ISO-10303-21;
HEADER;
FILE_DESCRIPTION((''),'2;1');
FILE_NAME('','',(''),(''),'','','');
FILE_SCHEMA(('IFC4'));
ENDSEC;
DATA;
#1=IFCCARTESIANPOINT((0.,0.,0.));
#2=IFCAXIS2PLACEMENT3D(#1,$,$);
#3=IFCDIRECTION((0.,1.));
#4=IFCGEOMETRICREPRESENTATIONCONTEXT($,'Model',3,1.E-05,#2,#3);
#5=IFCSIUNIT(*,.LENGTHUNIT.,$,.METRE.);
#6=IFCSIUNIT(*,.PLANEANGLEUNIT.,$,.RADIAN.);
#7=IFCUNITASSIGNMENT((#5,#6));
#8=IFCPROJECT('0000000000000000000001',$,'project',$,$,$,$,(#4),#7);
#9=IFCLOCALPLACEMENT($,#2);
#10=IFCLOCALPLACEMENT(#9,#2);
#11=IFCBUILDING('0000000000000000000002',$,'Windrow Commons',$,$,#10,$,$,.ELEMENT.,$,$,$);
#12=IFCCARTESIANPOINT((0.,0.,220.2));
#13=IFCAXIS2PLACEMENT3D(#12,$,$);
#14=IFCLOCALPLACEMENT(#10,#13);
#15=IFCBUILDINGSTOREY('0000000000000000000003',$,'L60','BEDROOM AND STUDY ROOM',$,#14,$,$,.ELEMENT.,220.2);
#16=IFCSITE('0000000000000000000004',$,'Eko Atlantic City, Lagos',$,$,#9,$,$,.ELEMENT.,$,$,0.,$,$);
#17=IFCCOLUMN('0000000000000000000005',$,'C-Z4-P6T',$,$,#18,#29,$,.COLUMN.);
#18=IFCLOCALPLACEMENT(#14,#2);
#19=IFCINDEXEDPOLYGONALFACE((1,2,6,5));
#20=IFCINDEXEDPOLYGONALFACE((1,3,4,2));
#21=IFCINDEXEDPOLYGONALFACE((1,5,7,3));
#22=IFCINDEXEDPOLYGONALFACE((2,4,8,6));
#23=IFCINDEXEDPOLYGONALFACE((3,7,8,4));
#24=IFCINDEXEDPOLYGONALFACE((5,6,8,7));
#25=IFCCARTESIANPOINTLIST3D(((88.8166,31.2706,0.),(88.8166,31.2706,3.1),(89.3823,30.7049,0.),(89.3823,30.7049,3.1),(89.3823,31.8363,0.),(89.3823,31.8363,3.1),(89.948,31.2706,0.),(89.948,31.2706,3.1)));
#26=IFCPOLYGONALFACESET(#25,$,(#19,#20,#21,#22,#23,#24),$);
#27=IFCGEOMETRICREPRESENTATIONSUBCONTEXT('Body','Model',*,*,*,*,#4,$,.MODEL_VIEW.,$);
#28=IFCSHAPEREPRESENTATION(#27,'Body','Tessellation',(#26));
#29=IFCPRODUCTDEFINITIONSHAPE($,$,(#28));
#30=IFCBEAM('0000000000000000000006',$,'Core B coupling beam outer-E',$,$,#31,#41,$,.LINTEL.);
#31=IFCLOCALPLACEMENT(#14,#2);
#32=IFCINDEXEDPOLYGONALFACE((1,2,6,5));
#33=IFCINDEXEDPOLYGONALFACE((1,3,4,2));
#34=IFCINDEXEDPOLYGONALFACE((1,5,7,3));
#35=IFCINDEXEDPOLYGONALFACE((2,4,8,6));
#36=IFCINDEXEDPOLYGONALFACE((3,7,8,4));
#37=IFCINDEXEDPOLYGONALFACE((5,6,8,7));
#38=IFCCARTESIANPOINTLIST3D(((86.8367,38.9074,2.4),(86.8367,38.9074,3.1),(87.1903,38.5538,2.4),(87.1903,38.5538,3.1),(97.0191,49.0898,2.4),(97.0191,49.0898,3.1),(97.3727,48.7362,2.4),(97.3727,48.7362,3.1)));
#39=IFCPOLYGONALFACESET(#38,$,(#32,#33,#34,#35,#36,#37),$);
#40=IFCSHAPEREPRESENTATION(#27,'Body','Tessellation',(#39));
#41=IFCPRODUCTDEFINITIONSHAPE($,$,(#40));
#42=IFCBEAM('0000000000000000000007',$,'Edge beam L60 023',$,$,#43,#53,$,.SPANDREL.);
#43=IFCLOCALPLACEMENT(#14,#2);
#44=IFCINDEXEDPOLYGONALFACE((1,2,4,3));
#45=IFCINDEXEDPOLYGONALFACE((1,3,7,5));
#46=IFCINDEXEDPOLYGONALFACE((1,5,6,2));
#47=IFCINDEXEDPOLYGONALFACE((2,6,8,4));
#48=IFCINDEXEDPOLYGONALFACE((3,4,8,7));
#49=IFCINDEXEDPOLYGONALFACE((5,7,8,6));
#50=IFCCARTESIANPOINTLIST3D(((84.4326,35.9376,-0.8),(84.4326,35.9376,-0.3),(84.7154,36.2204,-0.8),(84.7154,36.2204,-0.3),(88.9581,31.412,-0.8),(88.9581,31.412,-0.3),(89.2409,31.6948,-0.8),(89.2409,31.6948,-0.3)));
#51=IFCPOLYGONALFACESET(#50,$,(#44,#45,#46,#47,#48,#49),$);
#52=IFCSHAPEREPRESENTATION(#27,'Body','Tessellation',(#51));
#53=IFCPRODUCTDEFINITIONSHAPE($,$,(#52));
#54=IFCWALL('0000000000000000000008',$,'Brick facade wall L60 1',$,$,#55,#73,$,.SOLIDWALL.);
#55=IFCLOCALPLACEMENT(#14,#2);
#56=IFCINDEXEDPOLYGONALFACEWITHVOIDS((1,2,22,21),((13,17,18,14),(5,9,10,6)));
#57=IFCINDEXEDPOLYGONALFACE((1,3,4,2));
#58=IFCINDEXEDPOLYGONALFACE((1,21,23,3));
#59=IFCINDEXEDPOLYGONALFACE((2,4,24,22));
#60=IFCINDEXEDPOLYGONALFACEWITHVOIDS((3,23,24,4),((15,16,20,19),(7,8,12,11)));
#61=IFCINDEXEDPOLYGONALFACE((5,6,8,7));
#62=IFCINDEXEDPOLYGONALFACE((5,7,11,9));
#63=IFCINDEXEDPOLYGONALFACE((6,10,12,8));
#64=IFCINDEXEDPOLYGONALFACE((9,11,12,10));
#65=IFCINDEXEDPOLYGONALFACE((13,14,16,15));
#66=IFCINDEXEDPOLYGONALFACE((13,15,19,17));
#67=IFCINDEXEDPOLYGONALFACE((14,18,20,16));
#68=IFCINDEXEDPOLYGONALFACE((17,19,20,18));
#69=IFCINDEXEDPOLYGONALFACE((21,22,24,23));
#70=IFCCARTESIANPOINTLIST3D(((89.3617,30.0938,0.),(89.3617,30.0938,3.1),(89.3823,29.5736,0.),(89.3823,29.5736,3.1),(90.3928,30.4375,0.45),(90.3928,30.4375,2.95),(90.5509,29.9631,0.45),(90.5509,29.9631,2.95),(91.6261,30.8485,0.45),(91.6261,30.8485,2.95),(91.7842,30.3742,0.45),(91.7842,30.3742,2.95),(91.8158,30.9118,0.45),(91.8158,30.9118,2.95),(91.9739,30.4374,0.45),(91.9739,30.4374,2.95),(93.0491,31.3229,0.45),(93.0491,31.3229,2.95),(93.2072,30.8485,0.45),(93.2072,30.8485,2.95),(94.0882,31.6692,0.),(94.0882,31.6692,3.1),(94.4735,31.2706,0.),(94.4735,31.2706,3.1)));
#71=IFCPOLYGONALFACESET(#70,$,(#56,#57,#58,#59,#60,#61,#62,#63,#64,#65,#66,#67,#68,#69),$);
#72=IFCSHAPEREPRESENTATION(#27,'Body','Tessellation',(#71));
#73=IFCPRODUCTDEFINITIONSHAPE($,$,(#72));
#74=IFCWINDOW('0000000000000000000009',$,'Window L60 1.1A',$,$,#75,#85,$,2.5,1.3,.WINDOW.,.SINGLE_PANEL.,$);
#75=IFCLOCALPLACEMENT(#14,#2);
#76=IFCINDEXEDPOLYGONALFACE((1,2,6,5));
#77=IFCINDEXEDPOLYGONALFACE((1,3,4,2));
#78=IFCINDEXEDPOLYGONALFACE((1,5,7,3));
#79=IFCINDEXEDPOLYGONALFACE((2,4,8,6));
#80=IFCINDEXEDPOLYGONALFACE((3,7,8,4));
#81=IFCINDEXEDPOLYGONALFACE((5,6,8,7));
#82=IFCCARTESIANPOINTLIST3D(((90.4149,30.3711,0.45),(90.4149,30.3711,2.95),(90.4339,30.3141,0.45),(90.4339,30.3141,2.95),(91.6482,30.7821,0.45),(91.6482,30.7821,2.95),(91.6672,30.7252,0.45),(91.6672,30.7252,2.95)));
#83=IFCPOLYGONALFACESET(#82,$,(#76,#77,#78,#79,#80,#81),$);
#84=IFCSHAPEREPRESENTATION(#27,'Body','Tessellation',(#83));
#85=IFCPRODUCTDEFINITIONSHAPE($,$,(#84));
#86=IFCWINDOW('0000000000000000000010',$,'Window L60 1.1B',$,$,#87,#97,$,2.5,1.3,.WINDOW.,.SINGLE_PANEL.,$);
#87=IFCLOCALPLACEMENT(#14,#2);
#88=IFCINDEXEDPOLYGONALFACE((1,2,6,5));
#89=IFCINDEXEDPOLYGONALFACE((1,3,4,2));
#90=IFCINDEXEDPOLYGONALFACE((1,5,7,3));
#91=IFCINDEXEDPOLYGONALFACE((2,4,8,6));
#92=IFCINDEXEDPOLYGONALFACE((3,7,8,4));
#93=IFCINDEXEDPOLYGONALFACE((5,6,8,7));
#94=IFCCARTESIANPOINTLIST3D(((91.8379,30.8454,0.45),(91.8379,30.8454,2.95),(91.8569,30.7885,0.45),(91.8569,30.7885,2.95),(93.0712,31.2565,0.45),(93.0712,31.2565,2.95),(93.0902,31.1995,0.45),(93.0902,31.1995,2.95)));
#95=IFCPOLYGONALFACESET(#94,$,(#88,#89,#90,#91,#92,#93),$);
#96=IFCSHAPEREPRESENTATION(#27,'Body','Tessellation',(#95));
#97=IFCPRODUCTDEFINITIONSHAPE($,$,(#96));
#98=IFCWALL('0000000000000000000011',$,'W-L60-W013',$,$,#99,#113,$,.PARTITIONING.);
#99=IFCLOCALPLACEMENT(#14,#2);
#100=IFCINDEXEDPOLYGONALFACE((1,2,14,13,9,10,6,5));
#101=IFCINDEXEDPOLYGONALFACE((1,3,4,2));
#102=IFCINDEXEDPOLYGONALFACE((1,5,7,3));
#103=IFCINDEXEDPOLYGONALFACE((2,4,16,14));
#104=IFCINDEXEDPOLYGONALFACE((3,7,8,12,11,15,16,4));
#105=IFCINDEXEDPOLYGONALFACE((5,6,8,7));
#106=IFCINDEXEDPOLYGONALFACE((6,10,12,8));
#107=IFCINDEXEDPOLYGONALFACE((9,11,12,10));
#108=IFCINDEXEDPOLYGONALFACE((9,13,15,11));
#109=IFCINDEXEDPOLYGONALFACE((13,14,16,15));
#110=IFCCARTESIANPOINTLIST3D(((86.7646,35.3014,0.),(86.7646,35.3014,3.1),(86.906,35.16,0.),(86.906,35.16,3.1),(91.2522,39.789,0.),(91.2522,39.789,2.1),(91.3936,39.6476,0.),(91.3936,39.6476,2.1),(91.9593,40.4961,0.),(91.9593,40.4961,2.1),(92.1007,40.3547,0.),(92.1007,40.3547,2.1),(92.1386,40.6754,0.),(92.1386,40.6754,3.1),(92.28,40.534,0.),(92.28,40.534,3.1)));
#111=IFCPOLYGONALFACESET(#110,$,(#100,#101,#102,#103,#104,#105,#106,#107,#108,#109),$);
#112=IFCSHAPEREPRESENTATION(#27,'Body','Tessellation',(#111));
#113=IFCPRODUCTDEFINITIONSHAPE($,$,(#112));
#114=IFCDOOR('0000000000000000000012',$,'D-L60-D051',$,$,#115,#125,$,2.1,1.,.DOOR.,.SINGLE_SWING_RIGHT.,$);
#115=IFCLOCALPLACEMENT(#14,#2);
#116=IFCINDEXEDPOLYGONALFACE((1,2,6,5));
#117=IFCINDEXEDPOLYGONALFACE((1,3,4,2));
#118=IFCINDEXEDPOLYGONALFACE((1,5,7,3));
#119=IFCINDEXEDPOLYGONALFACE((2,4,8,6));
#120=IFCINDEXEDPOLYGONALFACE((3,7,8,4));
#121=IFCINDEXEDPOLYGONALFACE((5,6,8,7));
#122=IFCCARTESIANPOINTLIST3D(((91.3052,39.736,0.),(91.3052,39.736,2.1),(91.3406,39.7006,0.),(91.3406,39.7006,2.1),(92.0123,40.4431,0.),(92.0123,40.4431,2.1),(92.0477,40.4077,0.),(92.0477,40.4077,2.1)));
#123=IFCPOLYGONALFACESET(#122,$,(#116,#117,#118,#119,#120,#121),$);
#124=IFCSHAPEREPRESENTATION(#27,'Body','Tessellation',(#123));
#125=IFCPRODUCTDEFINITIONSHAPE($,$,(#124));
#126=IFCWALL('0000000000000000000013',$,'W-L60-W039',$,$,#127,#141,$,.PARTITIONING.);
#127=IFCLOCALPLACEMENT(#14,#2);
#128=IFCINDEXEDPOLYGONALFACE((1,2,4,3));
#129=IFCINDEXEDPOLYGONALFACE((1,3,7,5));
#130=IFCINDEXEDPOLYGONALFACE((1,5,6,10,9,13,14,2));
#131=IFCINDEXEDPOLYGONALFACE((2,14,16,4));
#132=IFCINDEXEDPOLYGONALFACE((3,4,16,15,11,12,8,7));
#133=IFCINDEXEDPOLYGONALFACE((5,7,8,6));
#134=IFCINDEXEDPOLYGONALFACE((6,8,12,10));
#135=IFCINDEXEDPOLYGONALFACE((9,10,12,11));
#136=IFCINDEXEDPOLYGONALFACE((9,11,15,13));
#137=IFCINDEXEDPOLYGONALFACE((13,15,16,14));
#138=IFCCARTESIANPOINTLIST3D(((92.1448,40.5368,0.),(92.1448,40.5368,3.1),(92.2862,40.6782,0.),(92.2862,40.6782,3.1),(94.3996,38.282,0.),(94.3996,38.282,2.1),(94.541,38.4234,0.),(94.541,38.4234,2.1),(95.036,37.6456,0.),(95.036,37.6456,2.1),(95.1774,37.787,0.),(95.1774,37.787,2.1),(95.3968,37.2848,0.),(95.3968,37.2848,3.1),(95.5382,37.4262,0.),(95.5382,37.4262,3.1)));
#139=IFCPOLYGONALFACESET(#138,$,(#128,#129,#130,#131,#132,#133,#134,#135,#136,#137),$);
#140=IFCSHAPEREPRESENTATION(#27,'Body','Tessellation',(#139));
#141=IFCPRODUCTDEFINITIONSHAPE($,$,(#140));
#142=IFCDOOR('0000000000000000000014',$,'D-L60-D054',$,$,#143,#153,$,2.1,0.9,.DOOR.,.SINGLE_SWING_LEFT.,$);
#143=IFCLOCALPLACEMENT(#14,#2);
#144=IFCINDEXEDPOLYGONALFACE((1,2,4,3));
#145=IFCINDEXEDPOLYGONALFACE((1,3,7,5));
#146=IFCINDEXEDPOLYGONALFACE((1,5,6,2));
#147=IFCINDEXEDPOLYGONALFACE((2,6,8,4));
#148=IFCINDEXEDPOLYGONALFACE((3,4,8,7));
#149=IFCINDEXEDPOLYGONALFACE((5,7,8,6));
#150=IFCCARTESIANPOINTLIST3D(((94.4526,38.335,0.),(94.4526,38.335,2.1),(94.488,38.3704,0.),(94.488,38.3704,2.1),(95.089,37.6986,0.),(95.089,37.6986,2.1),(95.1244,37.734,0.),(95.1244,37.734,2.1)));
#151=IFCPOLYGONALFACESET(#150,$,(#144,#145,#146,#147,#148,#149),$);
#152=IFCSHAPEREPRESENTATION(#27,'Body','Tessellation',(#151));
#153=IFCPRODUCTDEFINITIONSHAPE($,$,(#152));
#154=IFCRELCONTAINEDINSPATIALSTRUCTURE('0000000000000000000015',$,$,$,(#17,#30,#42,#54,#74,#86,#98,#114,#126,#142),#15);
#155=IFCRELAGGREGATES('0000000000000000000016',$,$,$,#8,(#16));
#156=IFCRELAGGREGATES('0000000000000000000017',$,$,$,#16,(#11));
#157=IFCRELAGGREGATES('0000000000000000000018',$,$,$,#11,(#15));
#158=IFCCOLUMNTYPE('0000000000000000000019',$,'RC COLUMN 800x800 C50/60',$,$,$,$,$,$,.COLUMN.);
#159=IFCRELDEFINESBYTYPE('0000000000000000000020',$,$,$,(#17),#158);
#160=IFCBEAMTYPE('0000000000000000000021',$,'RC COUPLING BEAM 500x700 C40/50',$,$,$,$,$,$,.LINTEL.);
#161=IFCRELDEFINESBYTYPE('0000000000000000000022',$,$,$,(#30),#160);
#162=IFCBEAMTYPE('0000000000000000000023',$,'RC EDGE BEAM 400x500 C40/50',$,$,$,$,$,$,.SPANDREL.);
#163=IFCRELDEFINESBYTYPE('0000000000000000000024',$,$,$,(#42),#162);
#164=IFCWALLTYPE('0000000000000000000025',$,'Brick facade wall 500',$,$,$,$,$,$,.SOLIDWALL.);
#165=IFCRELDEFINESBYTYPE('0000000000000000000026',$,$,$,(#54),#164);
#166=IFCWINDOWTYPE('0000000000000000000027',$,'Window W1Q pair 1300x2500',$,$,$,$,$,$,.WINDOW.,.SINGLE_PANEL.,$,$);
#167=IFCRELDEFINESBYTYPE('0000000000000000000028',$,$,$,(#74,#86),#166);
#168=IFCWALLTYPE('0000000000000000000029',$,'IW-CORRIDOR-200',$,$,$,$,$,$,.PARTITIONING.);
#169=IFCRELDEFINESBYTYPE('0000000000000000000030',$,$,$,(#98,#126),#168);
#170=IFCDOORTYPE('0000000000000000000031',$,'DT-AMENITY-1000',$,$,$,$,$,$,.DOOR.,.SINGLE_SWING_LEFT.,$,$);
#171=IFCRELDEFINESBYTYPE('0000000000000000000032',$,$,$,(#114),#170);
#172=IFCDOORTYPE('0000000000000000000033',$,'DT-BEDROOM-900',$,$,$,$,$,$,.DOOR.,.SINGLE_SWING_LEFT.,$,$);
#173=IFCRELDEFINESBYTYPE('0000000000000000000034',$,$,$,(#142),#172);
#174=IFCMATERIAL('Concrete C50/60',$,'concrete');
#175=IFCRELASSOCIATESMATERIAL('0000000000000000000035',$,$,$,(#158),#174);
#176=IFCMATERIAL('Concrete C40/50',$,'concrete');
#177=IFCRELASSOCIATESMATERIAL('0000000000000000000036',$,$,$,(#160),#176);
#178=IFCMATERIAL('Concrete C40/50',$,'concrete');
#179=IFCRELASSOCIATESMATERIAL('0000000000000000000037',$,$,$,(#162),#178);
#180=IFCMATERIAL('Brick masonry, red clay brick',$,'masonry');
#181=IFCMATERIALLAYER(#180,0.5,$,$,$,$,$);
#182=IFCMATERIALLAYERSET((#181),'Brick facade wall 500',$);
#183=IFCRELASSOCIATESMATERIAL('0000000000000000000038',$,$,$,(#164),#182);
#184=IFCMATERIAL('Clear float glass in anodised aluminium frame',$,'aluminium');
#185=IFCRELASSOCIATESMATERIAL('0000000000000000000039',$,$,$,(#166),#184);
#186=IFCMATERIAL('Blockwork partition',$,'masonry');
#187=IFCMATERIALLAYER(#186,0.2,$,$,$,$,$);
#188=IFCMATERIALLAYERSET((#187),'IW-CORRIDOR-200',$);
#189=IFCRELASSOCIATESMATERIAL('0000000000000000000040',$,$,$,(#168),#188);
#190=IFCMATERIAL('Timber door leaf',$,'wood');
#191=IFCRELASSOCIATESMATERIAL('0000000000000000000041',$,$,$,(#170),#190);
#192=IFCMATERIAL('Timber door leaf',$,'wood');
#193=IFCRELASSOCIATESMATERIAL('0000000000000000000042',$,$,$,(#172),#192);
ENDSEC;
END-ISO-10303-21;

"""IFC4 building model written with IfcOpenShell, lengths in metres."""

from ifc_helpers import new_model, si_unit, direction, frame, frame_2d, origin, origin_2d, place, context, subcontext, project, spatial, polyline, rectangle, outline, extrude, material, layer, layer_set, material_profile, profile_set, type_object, element, fill, save


model = new_model("IFC4")

# Units and contexts
model_context = context("Model", 3, precision=1e-05, world=origin(), true_north=direction((0.0, 1.0)))
body_context = subcontext(model_context, "Body", "Model", "MODEL_VIEW")
ifc_project = project(units=[si_unit("LENGTHUNIT", "METRE"), si_unit("PLANEANGLEUNIT", "RADIAN")], contexts=[model_context])

# Site, building, storey
site_placement = place(None, origin())
site = spatial("IfcSite", under=ifc_project, at=site_placement, Name="Eko Atlantic City, Lagos", CompositionType="ELEMENT", RefElevation=0.0)
building_placement = place(site_placement, origin())
building = spatial("IfcBuilding", under=site, at=building_placement, Name="Windrow Commons", CompositionType="ELEMENT")
storey_placement = place(building_placement, frame((0.0, 0.0, 220.2)))
storey = spatial("IfcBuildingStorey", under=building, at=storey_placement, Name="L60", Description="BEDROOM AND STUDY ROOM", CompositionType="ELEMENT", Elevation=220.2)

# Column
ifc_material_1 = material(Name="Concrete C50/60", Category="concrete")
ifc_material_profile_1 = material_profile(ifc_material_1, rectangle(XDim=0.8, YDim=0.8, at=origin_2d()))
ifc_profile_set_1 = profile_set([ifc_material_profile_1], Name="Concrete C50/60")
column_type = type_object("IfcColumnType", Name="RC COLUMN 800x800 C50/60", PredefinedType="COLUMN", material=ifc_profile_set_1)
column_placement = place(storey_placement, frame((89.3823, 31.2706, 0.0), z_axis=(0.0, 0.0, 1.0), x_axis=(0.707107, -0.707107, 0.0)))
element("IfcColumn", 1, at=column_placement, inside=storey, type_object=column_type, Name="C-Z4-P6T", PredefinedType="COLUMN", context=body_context, shape_type="SweptSolid", body=[
    extrude(rectangle(XDim=0.8, YDim=0.8, at=origin_2d()), origin(), (0.0, 0.0, 1.0), 3.1),
])

# Beams
ifc_material_2 = material(Name="Concrete C40/50", Category="concrete")
ifc_material_profile_2 = material_profile(ifc_material_2, rectangle(XDim=0.5, YDim=0.7, at=origin_2d()))
ifc_profile_set_2 = profile_set([ifc_material_profile_2], Name="Concrete C40/50")
beam_type_1 = type_object("IfcBeamType", Name="RC COUPLING BEAM 500x700 C40/50", PredefinedType="LINTEL", material=ifc_profile_set_2)
beam_1_placement = place(storey_placement, frame((87.0135, 38.7306, 2.75), z_axis=(0.707107, 0.707107, 0.0), x_axis=(-0.707107, 0.707107, 0.0)))
element("IfcBeam", 2, at=beam_1_placement, inside=storey, type_object=beam_type_1, Name="Core B coupling beam outer-E", PredefinedType="LINTEL", context=body_context, shape_type="SweptSolid", body=[
    extrude(rectangle(XDim=0.5, YDim=0.7, at=origin_2d()), origin(), (0.0, 0.0, 1.0), 14.4001),
])
ifc_material_3 = material(Name="Concrete C40/50", Category="concrete")
ifc_material_profile_3 = material_profile(ifc_material_3, rectangle(XDim=0.4, YDim=0.5, at=origin_2d()))
ifc_profile_set_3 = profile_set([ifc_material_profile_3], Name="Concrete C40/50")
beam_type_2 = type_object("IfcBeamType", Name="RC EDGE BEAM 400x500 C40/50", PredefinedType="SPANDREL", material=ifc_profile_set_3)
beam_2_placement = place(storey_placement, frame((89.0995, 31.5534, -0.55), z_axis=(-0.707099, 0.707115, 0.0), x_axis=(-0.707115, -0.707099, 0.0)))
element("IfcBeam", 3, at=beam_2_placement, inside=storey, type_object=beam_type_2, Name="Edge beam L60 023", PredefinedType="SPANDREL", context=body_context, shape_type="SweptSolid", body=[
    extrude(rectangle(XDim=0.4, YDim=0.5, at=origin_2d()), origin(), (0.0, 0.0, 1.0), 6.4001),
])

# Wall, openings, windows
ifc_material_4 = material(Name="Brick masonry, red clay brick", Category="masonry")
ifc_layer_1 = layer(ifc_material_4, 0.5)
ifc_layer_set_1 = layer_set([ifc_layer_1], Name="Brick facade wall 500")
wall_type_1 = type_object("IfcWallType", Name="Brick facade wall 500", PredefinedType="SOLIDWALL", material=ifc_layer_set_1)
wall_1_placement = place(storey_placement, frame((89.372, 29.8337, 0.0), z_axis=(0.0, 0.0, 1.0), x_axis=(0.948687, 0.316216, 0.0)))
wall_1 = element("IfcWall", 4, at=wall_1_placement, inside=storey, type_object=wall_type_1, Name="Brick facade wall L60 1", PredefinedType="SOLIDWALL", context=body_context, shape_type="SweptSolid", body=[
    extrude(outline(polyline([(-0.0725, -0.25), (5.2941, -0.25), (5.0546, 0.25), (0.0725, 0.25), (-0.0725, -0.25)])), origin(), (0.0, 0.0, 1.0), 3.1),
])
opening_1_placement = place(wall_1_placement, frame((1.1593, 0.0, 0.45)))
opening_1 = element("IfcOpeningElement", 5, at=opening_1_placement, cuts=wall_1, PredefinedType="OPENING", context=body_context, shape_type="SweptSolid", body=[
    extrude(rectangle(XDim=1.3, YDim=2.5, at=frame_2d((0.65, 1.25))), frame((0.0, 0.26, 0.0), z_axis=(0.0, -1.0, 0.0), x_axis=(1.0, 0.0, 0.0)), (0.0, 0.0, 1.0), 0.52),
])
opening_2_placement = place(wall_1_placement, frame((2.6593, 0.0, 0.45)))
opening_2 = element("IfcOpeningElement", 6, at=opening_2_placement, cuts=wall_1, PredefinedType="OPENING", context=body_context, shape_type="SweptSolid", body=[
    extrude(rectangle(XDim=1.3, YDim=2.5, at=frame_2d((0.65, 1.25))), frame((0.0, 0.26, 0.0), z_axis=(0.0, -1.0, 0.0), x_axis=(1.0, 0.0, 0.0)), (0.0, 0.0, 1.0), 0.52),
])
ifc_material_5 = material(Name="Clear float glass in anodised aluminium frame", Category="aluminium")
window_type = type_object("IfcWindowType", Name="Window W1Q pair 1300x2500", PartitioningType="SINGLE_PANEL", PredefinedType="WINDOW", material=ifc_material_5)
window_1_placement = place(opening_1_placement, origin())
window_1 = element("IfcWindow", 7, at=window_1_placement, inside=storey, type_object=window_type, Name="Window L60 1.1A", OverallHeight=2.5, OverallWidth=1.3, PartitioningType="SINGLE_PANEL", PredefinedType="WINDOW", context=body_context, shape_type="SweptSolid", body=[
    extrude(rectangle(XDim=1.3, YDim=2.5, at=frame_2d((0.65, 1.25))), frame((0.0, 0.18, 0.0), z_axis=(0.0, -1.0, 0.0), x_axis=(1.0, 0.0, 0.0)), (0.0, 0.0, 1.0), 0.06),
])
fill(opening_1, window_1)
window_2_placement = place(opening_2_placement, origin())
window_2 = element("IfcWindow", 8, at=window_2_placement, inside=storey, type_object=window_type, Name="Window L60 1.1B", OverallHeight=2.5, OverallWidth=1.3, PartitioningType="SINGLE_PANEL", PredefinedType="WINDOW", context=body_context, shape_type="SweptSolid", body=[
    extrude(rectangle(XDim=1.3, YDim=2.5, at=frame_2d((0.65, 1.25))), frame((0.0, 0.18, 0.0), z_axis=(0.0, -1.0, 0.0), x_axis=(1.0, 0.0, 0.0)), (0.0, 0.0, 1.0), 0.06),
])
fill(opening_2, window_2)

# Walls, openings, doors
ifc_material_6 = material(Name="Blockwork partition", Category="masonry")
ifc_layer_2 = layer(ifc_material_6, 0.2)
ifc_layer_set_2 = layer_set([ifc_layer_2], Name="IW-CORRIDOR-200")
wall_type_2 = type_object("IfcWallType", Name="IW-CORRIDOR-200", PredefinedType="PARTITIONING", material=ifc_layer_set_2)
wall_2_placement = place(storey_placement, frame((86.8353, 35.2307, 0.0), z_axis=(0.0, 0.0, 1.0), x_axis=(0.707107, 0.707107, 0.0)))
wall_2 = element("IfcWall", 9, at=wall_2_placement, inside=storey, type_object=wall_type_2, Name="W-L60-W013", PredefinedType="PARTITIONING", context=body_context, shape_type="SweptSolid", body=[
    extrude(rectangle(XDim=7.6, YDim=0.2, at=frame_2d((3.8, 0.0))), origin(), (0.0, 0.0, 1.0), 3.1),
])
opening_3_placement = place(wall_2_placement, frame((6.3464, 0.0, 0.0)))
opening_3 = element("IfcOpeningElement", 10, at=opening_3_placement, cuts=wall_2, PredefinedType="OPENING", context=body_context, shape_type="SweptSolid", body=[
    extrude(rectangle(XDim=1.0, YDim=2.1, at=frame_2d((0.5, 1.05))), frame((0.0, 0.11, 0.0), z_axis=(0.0, -1.0, 0.0), x_axis=(1.0, 0.0, 0.0)), (0.0, 0.0, 1.0), 0.22),
])
ifc_material_7 = material(Name="Timber door leaf", Category="wood")
door_type_1 = type_object("IfcDoorType", Name="DT-AMENITY-1000", OperationType="SINGLE_SWING_LEFT", PredefinedType="DOOR", material=ifc_material_7)
door_1_placement = place(opening_3_placement, origin())
door_1 = element("IfcDoor", 11, at=door_1_placement, inside=storey, type_object=door_type_1, Name="D-L60-D051", OperationType="SINGLE_SWING_RIGHT", OverallHeight=2.1, OverallWidth=1.0, PredefinedType="DOOR", context=body_context, shape_type="SweptSolid", body=[
    extrude(rectangle(XDim=1.0, YDim=2.1, at=frame_2d((0.5, 1.05))), frame((0.0, 0.025, 0.0), z_axis=(0.0, -1.0, 0.0), x_axis=(1.0, 0.0, 0.0)), (0.0, 0.0, 1.0), 0.05),
])
fill(opening_3, door_1)
wall_3_placement = place(storey_placement, frame((92.2155, 40.6075, 0.0), z_axis=(0.0, 0.0, 1.0), x_axis=(0.707107, -0.707107, 0.0)))
wall_3 = element("IfcWall", 12, at=wall_3_placement, inside=storey, type_object=wall_type_2, Name="W-L60-W039", PredefinedType="PARTITIONING", context=body_context, shape_type="SweptSolid", body=[
    extrude(rectangle(XDim=4.599, YDim=0.2, at=frame_2d((2.2995, 0.0))), origin(), (0.0, 0.0, 1.0), 3.1),
])
opening_4_placement = place(wall_3_placement, frame((3.1888, 0.0, 0.0)))
opening_4 = element("IfcOpeningElement", 13, at=opening_4_placement, cuts=wall_3, PredefinedType="OPENING", context=body_context, shape_type="SweptSolid", body=[
    extrude(rectangle(XDim=0.9, YDim=2.1, at=frame_2d((0.45, 1.05))), frame((0.0, 0.11, 0.0), z_axis=(0.0, -1.0, 0.0), x_axis=(1.0, 0.0, 0.0)), (0.0, 0.0, 1.0), 0.22),
])
ifc_material_8 = material(Name="Timber door leaf", Category="wood")
door_type_2 = type_object("IfcDoorType", Name="DT-BEDROOM-900", OperationType="SINGLE_SWING_LEFT", PredefinedType="DOOR", material=ifc_material_8)
door_2_placement = place(opening_4_placement, origin())
door_2 = element("IfcDoor", 14, at=door_2_placement, inside=storey, type_object=door_type_2, Name="D-L60-D054", OperationType="SINGLE_SWING_LEFT", OverallHeight=2.1, OverallWidth=0.9, PredefinedType="DOOR", context=body_context, shape_type="SweptSolid", body=[
    extrude(rectangle(XDim=0.9, YDim=2.1, at=frame_2d((0.45, 1.05))), frame((0.0, 0.025, 0.0), z_axis=(0.0, -1.0, 0.0), x_axis=(1.0, 0.0, 0.0)), (0.0, 0.0, 1.0), 0.05),
])
fill(opening_4, door_2)

save(model, "model.ifc")
